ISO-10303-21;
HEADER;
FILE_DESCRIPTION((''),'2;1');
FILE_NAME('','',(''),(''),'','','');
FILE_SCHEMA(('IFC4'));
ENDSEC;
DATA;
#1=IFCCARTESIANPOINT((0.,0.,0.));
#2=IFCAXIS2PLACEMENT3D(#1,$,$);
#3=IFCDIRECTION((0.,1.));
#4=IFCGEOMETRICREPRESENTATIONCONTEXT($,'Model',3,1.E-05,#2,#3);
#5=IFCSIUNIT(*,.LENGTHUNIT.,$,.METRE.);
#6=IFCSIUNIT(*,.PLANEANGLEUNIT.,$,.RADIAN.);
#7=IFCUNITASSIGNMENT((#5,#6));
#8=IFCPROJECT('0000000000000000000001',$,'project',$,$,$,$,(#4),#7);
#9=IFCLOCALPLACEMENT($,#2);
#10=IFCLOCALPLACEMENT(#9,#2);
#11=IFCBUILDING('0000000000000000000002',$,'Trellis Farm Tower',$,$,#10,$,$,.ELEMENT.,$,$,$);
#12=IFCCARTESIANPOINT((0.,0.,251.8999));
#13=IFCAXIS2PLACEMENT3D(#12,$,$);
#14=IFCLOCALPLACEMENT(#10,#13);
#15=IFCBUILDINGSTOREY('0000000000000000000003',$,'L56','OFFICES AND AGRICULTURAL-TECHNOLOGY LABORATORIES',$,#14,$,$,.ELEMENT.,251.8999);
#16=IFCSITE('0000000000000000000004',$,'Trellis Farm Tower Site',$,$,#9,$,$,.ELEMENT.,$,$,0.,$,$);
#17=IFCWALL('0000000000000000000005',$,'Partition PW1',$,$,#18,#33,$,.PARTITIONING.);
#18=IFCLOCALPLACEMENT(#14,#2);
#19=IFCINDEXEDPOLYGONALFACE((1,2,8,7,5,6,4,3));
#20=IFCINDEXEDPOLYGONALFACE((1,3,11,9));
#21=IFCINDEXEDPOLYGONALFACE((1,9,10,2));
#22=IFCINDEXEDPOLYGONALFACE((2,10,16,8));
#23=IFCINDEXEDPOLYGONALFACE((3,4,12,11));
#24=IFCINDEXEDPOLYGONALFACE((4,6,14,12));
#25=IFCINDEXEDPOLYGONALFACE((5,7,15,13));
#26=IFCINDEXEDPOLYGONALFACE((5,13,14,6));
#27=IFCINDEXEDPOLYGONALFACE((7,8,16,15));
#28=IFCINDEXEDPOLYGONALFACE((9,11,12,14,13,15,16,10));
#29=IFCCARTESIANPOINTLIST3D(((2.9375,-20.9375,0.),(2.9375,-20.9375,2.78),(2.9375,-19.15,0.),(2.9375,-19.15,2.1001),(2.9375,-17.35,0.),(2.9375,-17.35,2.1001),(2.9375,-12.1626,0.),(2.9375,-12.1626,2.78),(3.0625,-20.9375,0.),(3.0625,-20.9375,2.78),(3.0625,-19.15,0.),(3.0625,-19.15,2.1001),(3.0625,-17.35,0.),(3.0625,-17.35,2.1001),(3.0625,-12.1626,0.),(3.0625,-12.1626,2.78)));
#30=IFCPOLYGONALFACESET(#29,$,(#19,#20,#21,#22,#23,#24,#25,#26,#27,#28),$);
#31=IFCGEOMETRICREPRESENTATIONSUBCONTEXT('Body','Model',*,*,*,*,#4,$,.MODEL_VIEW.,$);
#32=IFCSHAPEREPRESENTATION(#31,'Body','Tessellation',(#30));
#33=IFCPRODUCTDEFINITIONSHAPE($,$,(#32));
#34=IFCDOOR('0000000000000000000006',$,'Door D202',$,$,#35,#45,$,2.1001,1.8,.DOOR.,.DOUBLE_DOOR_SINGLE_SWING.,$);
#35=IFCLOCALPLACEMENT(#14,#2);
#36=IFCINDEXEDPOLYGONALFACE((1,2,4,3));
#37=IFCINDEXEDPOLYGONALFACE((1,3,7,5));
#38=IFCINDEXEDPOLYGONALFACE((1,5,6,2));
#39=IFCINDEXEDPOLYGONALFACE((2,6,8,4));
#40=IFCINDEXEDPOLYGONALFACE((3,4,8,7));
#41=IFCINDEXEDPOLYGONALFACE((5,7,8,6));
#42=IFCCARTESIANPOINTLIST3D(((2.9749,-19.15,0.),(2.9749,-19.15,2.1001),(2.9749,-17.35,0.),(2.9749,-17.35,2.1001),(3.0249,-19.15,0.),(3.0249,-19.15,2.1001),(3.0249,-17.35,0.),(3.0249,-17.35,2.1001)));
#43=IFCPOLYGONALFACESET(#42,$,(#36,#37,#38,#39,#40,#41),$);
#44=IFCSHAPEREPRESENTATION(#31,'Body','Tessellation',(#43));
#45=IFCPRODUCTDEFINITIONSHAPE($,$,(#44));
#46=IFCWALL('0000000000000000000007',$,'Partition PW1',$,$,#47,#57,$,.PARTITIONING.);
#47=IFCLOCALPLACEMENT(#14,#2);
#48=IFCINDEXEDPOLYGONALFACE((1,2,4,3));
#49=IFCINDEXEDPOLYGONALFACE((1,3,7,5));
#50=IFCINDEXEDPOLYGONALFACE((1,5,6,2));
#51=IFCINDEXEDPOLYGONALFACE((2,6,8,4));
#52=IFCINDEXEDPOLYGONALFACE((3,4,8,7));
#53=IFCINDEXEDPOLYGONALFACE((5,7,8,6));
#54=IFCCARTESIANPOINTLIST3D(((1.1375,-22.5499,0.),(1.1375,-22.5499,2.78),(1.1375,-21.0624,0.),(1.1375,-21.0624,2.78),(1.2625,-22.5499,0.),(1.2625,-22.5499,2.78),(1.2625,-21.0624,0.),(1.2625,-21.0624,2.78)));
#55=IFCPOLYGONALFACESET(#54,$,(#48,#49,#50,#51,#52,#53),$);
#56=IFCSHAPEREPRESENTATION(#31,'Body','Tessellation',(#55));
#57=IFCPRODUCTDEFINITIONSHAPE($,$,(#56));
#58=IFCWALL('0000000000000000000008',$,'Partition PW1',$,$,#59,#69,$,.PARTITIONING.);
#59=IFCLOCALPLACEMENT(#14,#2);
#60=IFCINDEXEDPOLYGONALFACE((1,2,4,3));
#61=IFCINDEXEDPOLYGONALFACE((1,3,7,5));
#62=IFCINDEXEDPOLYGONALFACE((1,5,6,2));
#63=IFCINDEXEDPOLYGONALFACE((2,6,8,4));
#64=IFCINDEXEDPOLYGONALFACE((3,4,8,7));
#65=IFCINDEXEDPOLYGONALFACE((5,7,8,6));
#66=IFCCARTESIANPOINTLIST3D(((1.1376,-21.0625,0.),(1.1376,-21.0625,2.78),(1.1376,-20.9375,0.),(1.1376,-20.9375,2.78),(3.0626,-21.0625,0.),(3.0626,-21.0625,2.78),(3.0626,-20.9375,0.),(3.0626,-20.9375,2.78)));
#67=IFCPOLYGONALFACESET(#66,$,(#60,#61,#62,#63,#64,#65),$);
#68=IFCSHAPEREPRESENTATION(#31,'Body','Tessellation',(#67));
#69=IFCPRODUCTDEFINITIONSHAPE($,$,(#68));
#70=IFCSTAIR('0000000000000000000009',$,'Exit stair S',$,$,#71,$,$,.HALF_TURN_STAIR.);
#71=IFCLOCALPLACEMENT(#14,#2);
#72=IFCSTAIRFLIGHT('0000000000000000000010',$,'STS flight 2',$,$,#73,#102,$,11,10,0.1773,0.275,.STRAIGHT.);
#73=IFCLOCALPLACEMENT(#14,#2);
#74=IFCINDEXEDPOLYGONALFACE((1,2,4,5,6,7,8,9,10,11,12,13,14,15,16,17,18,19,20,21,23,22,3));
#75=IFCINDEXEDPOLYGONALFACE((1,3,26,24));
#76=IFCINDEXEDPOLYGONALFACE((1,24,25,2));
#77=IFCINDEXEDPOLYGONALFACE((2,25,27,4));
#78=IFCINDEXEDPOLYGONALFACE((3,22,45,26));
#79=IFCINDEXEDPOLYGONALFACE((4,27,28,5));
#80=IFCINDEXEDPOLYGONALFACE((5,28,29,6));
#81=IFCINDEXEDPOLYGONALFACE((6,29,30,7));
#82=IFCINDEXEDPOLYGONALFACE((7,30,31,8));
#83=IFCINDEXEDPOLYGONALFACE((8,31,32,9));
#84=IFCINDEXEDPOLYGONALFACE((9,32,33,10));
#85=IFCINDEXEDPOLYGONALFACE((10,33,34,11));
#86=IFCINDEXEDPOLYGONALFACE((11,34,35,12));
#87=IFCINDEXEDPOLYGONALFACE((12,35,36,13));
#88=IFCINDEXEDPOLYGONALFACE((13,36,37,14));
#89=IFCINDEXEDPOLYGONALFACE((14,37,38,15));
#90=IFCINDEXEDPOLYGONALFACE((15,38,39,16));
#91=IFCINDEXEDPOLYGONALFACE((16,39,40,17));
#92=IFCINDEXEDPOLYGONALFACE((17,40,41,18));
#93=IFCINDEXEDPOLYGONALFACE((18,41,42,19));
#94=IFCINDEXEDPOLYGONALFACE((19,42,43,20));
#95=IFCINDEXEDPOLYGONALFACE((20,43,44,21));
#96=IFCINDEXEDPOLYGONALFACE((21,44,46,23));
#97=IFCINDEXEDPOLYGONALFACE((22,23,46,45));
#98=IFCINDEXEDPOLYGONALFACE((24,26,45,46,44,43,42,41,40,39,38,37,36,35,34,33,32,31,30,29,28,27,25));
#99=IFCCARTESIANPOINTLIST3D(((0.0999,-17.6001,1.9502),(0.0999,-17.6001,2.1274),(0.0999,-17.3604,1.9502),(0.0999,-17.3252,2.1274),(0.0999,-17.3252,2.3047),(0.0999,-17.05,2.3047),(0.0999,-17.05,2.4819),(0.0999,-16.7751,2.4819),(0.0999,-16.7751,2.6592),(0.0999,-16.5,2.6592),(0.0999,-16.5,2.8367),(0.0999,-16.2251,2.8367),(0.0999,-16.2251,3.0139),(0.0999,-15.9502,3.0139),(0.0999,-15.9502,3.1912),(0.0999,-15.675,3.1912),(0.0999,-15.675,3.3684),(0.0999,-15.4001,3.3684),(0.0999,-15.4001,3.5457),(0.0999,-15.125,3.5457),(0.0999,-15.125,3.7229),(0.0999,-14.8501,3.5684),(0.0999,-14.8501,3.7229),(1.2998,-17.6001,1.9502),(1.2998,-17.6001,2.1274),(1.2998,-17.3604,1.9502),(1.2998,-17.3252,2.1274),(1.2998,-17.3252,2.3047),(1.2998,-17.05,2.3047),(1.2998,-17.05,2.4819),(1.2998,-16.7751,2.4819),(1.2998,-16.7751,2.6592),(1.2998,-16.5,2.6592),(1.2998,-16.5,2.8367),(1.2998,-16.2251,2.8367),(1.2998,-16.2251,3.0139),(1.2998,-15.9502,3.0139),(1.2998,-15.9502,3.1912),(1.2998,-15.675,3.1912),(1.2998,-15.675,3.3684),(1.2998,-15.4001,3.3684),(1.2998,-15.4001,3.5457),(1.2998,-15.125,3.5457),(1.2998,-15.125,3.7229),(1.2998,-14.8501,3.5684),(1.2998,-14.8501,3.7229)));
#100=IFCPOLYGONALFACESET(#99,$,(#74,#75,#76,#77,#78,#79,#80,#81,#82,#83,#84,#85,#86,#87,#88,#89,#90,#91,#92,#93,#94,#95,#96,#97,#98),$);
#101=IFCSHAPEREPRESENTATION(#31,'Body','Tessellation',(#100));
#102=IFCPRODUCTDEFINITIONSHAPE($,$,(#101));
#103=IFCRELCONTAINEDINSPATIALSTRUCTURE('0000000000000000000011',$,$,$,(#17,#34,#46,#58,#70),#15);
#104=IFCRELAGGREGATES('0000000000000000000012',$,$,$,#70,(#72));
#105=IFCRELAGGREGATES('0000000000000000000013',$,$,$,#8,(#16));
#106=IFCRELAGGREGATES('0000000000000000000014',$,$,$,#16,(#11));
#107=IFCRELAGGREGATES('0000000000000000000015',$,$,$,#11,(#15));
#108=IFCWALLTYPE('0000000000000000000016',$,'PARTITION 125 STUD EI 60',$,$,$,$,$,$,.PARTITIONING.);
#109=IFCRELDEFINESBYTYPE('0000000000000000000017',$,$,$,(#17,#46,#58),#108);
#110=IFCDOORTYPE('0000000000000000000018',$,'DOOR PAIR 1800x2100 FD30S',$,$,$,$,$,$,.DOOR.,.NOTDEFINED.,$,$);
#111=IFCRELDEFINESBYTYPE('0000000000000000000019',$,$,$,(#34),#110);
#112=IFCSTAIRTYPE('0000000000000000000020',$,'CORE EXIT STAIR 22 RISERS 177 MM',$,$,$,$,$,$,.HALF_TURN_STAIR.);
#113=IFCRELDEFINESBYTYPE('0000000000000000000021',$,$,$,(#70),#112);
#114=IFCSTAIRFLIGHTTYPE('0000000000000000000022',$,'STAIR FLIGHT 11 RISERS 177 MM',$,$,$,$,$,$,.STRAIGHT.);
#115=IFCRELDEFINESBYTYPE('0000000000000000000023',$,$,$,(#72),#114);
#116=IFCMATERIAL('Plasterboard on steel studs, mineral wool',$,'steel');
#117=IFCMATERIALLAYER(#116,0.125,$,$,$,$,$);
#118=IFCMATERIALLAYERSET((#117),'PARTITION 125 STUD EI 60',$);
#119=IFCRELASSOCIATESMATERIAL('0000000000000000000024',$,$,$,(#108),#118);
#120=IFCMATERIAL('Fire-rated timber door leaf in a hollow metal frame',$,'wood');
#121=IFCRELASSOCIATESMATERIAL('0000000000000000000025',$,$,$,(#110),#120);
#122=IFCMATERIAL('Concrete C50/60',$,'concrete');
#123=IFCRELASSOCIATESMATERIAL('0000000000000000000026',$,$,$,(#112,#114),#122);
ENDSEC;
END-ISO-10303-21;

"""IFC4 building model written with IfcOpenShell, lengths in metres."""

from ifc_helpers import new_model, si_unit, direction, frame, frame_2d, origin, place, context, subcontext, project, spatial, polyline, rectangle, outline, extrude, source, transform, mapped, material, layer, layer_set, type_object, element, fill, aggregate, save


model = new_model("IFC4")

# Units and contexts
model_context = context("Model", 3, precision=1e-05, world=origin(), true_north=direction((0.0, 1.0)))
body_context = subcontext(model_context, "Body", "Model", "MODEL_VIEW")
ifc_project = project(units=[si_unit("LENGTHUNIT", "METRE"), si_unit("PLANEANGLEUNIT", "RADIAN")], contexts=[model_context])

# Site, building, storey
site_placement = place(None, origin())
site = spatial("IfcSite", under=ifc_project, at=site_placement, Name="Trellis Farm Tower Site", CompositionType="ELEMENT", RefElevation=0.0)
building_placement = place(site_placement, origin())
building = spatial("IfcBuilding", under=site, at=building_placement, Name="Trellis Farm Tower", CompositionType="ELEMENT")
storey_placement = place(building_placement, frame((0.0, 0.0, 251.8999)))
storey = spatial("IfcBuildingStorey", under=building, at=storey_placement, Name="L56", Description="OFFICES AND AGRICULTURAL-TECHNOLOGY LABORATORIES", CompositionType="ELEMENT", Elevation=251.8999)

# Shared definitions
placement_1 = place(storey_placement, origin())

# Shared definitions
ifc_material_1 = material(Name="Plasterboard on steel studs, mineral wool", Category="steel")
ifc_layer_1 = layer(ifc_material_1, 0.125)
ifc_layer_set_1 = layer_set([ifc_layer_1], Name="PARTITION 125 STUD EI 60")
wall_type_1 = type_object("IfcWallType", Name="PARTITION 125 STUD EI 60", PredefinedType="PARTITIONING", material=ifc_layer_set_1)

# Wall, opening, door
shared_shape_1 = source(origin(), body_context, "Body", "SweptSolid", [
    extrude(rectangle(XDim=8.7749, YDim=0.125, at=frame_2d((4.3875, 0.0))), origin(), (0.0, 0.0, 1.0), 2.78),
])
wall_1_placement = place(storey_placement, frame((3.0, -12.1626, 0.0), z_axis=(0.0, 0.0, 1.0), x_axis=(0.0, -1.0, 0.0)))
wall_1 = element("IfcWall", 1, at=wall_1_placement, inside=storey, type_object=wall_type_1, Name="Partition PW1", PredefinedType="PARTITIONING", context=body_context, shape_type="MappedRepresentation", body=[
    mapped(shared_shape_1, transform((0.0, 0.0, 0.0))),
])
shared_shape_2 = source(origin(), body_context, "Body", "SweptSolid", [
    extrude(rectangle(XDim=1.8, YDim=2.1001, at=frame_2d((0.8999, 1.05))), frame((0.0, 0.0725, 0.0), z_axis=(0.0, -1.0, 0.0), x_axis=(1.0, 0.0, 0.0)), (0.0, 0.0, 1.0), 0.145),
])
opening_1_placement = place(wall_1_placement, frame((5.1875, 0.0, 0.0)))
opening_1 = element("IfcOpeningElement", 2, at=opening_1_placement, cuts=wall_1, PredefinedType="OPENING", context=body_context, shape_type="MappedRepresentation", body=[
    mapped(shared_shape_2, transform((0.0, 0.0, 0.0))),
])
ifc_material_2 = material(Name="Fire-rated timber door leaf in a hollow metal frame", Category="wood")
door_type_1 = type_object("IfcDoorType", Name="DOOR PAIR 1800x2100 FD30S", OperationType="NOTDEFINED", PredefinedType="DOOR", material=ifc_material_2)
shared_shape_3 = source(origin(), body_context, "Body", "SweptSolid", [
    extrude(rectangle(XDim=1.8, YDim=2.1001, at=frame_2d((0.8999, 1.05))), frame((0.0, 0.0249, 0.0), z_axis=(0.0, -1.0, 0.0), x_axis=(1.0, 0.0, 0.0)), (0.0, 0.0, 1.0), 0.05),
])
door_1_placement = place(opening_1_placement, origin())
door_1 = element("IfcDoor", 3, at=door_1_placement, inside=storey, type_object=door_type_1, Name="Door D202", OperationType="DOUBLE_DOOR_SINGLE_SWING", OverallHeight=2.1001, OverallWidth=1.8, PredefinedType="DOOR", context=body_context, shape_type="MappedRepresentation", body=[
    mapped(shared_shape_3, transform((0.0, 0.0, 0.0))),
])
fill(opening_1, door_1)

# Walls
shared_shape_4 = source(origin(), body_context, "Body", "SweptSolid", [
    extrude(rectangle(XDim=1.4875, YDim=0.125, at=frame_2d((0.7437, 0.0))), origin(), (0.0, 0.0, 1.0), 2.78),
])
wall_2_placement = place(storey_placement, frame((1.2, -21.0625, 0.0), z_axis=(0.0, 0.0, 1.0), x_axis=(0.0, -1.0, 0.0)))
element("IfcWall", 4, at=wall_2_placement, inside=storey, type_object=wall_type_1, Name="Partition PW1", PredefinedType="PARTITIONING", context=body_context, shape_type="MappedRepresentation", body=[
    mapped(shared_shape_4, transform((0.0, 0.0, 0.0))),
])
shared_shape_5 = source(origin(), body_context, "Body", "SweptSolid", [
    extrude(rectangle(XDim=1.925, YDim=0.125, at=frame_2d((0.9624, 0.0))), origin(), (0.0, 0.0, 1.0), 2.78),
])
wall_3_placement = place(storey_placement, frame((3.0625, -21.0, 0.0), z_axis=(0.0, 0.0, 1.0), x_axis=(-1.0, 0.0, 0.0)))
element("IfcWall", 5, at=wall_3_placement, inside=storey, type_object=wall_type_1, Name="Partition PW1", PredefinedType="PARTITIONING", context=body_context, shape_type="MappedRepresentation", body=[
    mapped(shared_shape_5, transform((0.0, 0.0, 0.0))),
])

# Stair, stair flight
ifc_material_3 = material(Name="Concrete C50/60", Category="concrete")
stair_type = type_object("IfcStairType", Name="CORE EXIT STAIR 22 RISERS 177 MM", PredefinedType="HALF_TURN_STAIR", material=ifc_material_3)
stair = element("IfcStair", 6, at=placement_1, inside=storey, type_object=stair_type, Name="Exit stair S", PredefinedType="HALF_TURN_STAIR")
stair_flight_type = type_object("IfcStairFlightType", Name="STAIR FLIGHT 11 RISERS 177 MM", PredefinedType="STRAIGHT", material=ifc_material_3)
shared_shape_6 = source(origin(), body_context, "Body", "SweptSolid", [
    extrude(outline(polyline([(0.0, 0.0), (0.0, 0.1772), (0.2749, 0.1772), (0.2749, 0.3545), (0.55, 0.3545), (0.55, 0.5317), (0.825, 0.5317), (0.825, 0.709), (1.1001, 0.709), (1.1001, 0.8865), (1.375, 0.8865), (1.375, 1.0637), (1.6499, 1.0637), (1.6499, 1.241), (1.925, 1.241), (1.925, 1.4182), (2.2, 1.4182), (2.2, 1.5955), (2.4751, 1.5955), (2.4751, 1.7727), (2.75, 1.7727), (2.75, 1.95), (2.75, 1.6182), (0.2397, 0.0), (0.0, 0.0)])), frame((0.0, 0.6001, 0.0), z_axis=(0.0, -1.0, 0.0), x_axis=(1.0, 0.0, 0.0)), (0.0, 0.0, 1.0), 1.2),
])
stair_flight_placement = place(storey_placement, frame((0.7, -17.6001, 1.9502), z_axis=(0.0, 0.0, 1.0), x_axis=(0.0, 1.0, 0.0)))
stair_flight = element("IfcStairFlight", 7, at=stair_flight_placement, type_object=stair_flight_type, Name="STS flight 2", NumberOfRisers=11, NumberOfTreads=10, PredefinedType="STRAIGHT", RiserHeight=0.1773, TreadLength=0.275, context=body_context, shape_type="MappedRepresentation", body=[
    mapped(shared_shape_6, transform((0.0, 0.0, 0.0))),
])
aggregate(stair, [stair_flight])

save(model, "model.ifc")
